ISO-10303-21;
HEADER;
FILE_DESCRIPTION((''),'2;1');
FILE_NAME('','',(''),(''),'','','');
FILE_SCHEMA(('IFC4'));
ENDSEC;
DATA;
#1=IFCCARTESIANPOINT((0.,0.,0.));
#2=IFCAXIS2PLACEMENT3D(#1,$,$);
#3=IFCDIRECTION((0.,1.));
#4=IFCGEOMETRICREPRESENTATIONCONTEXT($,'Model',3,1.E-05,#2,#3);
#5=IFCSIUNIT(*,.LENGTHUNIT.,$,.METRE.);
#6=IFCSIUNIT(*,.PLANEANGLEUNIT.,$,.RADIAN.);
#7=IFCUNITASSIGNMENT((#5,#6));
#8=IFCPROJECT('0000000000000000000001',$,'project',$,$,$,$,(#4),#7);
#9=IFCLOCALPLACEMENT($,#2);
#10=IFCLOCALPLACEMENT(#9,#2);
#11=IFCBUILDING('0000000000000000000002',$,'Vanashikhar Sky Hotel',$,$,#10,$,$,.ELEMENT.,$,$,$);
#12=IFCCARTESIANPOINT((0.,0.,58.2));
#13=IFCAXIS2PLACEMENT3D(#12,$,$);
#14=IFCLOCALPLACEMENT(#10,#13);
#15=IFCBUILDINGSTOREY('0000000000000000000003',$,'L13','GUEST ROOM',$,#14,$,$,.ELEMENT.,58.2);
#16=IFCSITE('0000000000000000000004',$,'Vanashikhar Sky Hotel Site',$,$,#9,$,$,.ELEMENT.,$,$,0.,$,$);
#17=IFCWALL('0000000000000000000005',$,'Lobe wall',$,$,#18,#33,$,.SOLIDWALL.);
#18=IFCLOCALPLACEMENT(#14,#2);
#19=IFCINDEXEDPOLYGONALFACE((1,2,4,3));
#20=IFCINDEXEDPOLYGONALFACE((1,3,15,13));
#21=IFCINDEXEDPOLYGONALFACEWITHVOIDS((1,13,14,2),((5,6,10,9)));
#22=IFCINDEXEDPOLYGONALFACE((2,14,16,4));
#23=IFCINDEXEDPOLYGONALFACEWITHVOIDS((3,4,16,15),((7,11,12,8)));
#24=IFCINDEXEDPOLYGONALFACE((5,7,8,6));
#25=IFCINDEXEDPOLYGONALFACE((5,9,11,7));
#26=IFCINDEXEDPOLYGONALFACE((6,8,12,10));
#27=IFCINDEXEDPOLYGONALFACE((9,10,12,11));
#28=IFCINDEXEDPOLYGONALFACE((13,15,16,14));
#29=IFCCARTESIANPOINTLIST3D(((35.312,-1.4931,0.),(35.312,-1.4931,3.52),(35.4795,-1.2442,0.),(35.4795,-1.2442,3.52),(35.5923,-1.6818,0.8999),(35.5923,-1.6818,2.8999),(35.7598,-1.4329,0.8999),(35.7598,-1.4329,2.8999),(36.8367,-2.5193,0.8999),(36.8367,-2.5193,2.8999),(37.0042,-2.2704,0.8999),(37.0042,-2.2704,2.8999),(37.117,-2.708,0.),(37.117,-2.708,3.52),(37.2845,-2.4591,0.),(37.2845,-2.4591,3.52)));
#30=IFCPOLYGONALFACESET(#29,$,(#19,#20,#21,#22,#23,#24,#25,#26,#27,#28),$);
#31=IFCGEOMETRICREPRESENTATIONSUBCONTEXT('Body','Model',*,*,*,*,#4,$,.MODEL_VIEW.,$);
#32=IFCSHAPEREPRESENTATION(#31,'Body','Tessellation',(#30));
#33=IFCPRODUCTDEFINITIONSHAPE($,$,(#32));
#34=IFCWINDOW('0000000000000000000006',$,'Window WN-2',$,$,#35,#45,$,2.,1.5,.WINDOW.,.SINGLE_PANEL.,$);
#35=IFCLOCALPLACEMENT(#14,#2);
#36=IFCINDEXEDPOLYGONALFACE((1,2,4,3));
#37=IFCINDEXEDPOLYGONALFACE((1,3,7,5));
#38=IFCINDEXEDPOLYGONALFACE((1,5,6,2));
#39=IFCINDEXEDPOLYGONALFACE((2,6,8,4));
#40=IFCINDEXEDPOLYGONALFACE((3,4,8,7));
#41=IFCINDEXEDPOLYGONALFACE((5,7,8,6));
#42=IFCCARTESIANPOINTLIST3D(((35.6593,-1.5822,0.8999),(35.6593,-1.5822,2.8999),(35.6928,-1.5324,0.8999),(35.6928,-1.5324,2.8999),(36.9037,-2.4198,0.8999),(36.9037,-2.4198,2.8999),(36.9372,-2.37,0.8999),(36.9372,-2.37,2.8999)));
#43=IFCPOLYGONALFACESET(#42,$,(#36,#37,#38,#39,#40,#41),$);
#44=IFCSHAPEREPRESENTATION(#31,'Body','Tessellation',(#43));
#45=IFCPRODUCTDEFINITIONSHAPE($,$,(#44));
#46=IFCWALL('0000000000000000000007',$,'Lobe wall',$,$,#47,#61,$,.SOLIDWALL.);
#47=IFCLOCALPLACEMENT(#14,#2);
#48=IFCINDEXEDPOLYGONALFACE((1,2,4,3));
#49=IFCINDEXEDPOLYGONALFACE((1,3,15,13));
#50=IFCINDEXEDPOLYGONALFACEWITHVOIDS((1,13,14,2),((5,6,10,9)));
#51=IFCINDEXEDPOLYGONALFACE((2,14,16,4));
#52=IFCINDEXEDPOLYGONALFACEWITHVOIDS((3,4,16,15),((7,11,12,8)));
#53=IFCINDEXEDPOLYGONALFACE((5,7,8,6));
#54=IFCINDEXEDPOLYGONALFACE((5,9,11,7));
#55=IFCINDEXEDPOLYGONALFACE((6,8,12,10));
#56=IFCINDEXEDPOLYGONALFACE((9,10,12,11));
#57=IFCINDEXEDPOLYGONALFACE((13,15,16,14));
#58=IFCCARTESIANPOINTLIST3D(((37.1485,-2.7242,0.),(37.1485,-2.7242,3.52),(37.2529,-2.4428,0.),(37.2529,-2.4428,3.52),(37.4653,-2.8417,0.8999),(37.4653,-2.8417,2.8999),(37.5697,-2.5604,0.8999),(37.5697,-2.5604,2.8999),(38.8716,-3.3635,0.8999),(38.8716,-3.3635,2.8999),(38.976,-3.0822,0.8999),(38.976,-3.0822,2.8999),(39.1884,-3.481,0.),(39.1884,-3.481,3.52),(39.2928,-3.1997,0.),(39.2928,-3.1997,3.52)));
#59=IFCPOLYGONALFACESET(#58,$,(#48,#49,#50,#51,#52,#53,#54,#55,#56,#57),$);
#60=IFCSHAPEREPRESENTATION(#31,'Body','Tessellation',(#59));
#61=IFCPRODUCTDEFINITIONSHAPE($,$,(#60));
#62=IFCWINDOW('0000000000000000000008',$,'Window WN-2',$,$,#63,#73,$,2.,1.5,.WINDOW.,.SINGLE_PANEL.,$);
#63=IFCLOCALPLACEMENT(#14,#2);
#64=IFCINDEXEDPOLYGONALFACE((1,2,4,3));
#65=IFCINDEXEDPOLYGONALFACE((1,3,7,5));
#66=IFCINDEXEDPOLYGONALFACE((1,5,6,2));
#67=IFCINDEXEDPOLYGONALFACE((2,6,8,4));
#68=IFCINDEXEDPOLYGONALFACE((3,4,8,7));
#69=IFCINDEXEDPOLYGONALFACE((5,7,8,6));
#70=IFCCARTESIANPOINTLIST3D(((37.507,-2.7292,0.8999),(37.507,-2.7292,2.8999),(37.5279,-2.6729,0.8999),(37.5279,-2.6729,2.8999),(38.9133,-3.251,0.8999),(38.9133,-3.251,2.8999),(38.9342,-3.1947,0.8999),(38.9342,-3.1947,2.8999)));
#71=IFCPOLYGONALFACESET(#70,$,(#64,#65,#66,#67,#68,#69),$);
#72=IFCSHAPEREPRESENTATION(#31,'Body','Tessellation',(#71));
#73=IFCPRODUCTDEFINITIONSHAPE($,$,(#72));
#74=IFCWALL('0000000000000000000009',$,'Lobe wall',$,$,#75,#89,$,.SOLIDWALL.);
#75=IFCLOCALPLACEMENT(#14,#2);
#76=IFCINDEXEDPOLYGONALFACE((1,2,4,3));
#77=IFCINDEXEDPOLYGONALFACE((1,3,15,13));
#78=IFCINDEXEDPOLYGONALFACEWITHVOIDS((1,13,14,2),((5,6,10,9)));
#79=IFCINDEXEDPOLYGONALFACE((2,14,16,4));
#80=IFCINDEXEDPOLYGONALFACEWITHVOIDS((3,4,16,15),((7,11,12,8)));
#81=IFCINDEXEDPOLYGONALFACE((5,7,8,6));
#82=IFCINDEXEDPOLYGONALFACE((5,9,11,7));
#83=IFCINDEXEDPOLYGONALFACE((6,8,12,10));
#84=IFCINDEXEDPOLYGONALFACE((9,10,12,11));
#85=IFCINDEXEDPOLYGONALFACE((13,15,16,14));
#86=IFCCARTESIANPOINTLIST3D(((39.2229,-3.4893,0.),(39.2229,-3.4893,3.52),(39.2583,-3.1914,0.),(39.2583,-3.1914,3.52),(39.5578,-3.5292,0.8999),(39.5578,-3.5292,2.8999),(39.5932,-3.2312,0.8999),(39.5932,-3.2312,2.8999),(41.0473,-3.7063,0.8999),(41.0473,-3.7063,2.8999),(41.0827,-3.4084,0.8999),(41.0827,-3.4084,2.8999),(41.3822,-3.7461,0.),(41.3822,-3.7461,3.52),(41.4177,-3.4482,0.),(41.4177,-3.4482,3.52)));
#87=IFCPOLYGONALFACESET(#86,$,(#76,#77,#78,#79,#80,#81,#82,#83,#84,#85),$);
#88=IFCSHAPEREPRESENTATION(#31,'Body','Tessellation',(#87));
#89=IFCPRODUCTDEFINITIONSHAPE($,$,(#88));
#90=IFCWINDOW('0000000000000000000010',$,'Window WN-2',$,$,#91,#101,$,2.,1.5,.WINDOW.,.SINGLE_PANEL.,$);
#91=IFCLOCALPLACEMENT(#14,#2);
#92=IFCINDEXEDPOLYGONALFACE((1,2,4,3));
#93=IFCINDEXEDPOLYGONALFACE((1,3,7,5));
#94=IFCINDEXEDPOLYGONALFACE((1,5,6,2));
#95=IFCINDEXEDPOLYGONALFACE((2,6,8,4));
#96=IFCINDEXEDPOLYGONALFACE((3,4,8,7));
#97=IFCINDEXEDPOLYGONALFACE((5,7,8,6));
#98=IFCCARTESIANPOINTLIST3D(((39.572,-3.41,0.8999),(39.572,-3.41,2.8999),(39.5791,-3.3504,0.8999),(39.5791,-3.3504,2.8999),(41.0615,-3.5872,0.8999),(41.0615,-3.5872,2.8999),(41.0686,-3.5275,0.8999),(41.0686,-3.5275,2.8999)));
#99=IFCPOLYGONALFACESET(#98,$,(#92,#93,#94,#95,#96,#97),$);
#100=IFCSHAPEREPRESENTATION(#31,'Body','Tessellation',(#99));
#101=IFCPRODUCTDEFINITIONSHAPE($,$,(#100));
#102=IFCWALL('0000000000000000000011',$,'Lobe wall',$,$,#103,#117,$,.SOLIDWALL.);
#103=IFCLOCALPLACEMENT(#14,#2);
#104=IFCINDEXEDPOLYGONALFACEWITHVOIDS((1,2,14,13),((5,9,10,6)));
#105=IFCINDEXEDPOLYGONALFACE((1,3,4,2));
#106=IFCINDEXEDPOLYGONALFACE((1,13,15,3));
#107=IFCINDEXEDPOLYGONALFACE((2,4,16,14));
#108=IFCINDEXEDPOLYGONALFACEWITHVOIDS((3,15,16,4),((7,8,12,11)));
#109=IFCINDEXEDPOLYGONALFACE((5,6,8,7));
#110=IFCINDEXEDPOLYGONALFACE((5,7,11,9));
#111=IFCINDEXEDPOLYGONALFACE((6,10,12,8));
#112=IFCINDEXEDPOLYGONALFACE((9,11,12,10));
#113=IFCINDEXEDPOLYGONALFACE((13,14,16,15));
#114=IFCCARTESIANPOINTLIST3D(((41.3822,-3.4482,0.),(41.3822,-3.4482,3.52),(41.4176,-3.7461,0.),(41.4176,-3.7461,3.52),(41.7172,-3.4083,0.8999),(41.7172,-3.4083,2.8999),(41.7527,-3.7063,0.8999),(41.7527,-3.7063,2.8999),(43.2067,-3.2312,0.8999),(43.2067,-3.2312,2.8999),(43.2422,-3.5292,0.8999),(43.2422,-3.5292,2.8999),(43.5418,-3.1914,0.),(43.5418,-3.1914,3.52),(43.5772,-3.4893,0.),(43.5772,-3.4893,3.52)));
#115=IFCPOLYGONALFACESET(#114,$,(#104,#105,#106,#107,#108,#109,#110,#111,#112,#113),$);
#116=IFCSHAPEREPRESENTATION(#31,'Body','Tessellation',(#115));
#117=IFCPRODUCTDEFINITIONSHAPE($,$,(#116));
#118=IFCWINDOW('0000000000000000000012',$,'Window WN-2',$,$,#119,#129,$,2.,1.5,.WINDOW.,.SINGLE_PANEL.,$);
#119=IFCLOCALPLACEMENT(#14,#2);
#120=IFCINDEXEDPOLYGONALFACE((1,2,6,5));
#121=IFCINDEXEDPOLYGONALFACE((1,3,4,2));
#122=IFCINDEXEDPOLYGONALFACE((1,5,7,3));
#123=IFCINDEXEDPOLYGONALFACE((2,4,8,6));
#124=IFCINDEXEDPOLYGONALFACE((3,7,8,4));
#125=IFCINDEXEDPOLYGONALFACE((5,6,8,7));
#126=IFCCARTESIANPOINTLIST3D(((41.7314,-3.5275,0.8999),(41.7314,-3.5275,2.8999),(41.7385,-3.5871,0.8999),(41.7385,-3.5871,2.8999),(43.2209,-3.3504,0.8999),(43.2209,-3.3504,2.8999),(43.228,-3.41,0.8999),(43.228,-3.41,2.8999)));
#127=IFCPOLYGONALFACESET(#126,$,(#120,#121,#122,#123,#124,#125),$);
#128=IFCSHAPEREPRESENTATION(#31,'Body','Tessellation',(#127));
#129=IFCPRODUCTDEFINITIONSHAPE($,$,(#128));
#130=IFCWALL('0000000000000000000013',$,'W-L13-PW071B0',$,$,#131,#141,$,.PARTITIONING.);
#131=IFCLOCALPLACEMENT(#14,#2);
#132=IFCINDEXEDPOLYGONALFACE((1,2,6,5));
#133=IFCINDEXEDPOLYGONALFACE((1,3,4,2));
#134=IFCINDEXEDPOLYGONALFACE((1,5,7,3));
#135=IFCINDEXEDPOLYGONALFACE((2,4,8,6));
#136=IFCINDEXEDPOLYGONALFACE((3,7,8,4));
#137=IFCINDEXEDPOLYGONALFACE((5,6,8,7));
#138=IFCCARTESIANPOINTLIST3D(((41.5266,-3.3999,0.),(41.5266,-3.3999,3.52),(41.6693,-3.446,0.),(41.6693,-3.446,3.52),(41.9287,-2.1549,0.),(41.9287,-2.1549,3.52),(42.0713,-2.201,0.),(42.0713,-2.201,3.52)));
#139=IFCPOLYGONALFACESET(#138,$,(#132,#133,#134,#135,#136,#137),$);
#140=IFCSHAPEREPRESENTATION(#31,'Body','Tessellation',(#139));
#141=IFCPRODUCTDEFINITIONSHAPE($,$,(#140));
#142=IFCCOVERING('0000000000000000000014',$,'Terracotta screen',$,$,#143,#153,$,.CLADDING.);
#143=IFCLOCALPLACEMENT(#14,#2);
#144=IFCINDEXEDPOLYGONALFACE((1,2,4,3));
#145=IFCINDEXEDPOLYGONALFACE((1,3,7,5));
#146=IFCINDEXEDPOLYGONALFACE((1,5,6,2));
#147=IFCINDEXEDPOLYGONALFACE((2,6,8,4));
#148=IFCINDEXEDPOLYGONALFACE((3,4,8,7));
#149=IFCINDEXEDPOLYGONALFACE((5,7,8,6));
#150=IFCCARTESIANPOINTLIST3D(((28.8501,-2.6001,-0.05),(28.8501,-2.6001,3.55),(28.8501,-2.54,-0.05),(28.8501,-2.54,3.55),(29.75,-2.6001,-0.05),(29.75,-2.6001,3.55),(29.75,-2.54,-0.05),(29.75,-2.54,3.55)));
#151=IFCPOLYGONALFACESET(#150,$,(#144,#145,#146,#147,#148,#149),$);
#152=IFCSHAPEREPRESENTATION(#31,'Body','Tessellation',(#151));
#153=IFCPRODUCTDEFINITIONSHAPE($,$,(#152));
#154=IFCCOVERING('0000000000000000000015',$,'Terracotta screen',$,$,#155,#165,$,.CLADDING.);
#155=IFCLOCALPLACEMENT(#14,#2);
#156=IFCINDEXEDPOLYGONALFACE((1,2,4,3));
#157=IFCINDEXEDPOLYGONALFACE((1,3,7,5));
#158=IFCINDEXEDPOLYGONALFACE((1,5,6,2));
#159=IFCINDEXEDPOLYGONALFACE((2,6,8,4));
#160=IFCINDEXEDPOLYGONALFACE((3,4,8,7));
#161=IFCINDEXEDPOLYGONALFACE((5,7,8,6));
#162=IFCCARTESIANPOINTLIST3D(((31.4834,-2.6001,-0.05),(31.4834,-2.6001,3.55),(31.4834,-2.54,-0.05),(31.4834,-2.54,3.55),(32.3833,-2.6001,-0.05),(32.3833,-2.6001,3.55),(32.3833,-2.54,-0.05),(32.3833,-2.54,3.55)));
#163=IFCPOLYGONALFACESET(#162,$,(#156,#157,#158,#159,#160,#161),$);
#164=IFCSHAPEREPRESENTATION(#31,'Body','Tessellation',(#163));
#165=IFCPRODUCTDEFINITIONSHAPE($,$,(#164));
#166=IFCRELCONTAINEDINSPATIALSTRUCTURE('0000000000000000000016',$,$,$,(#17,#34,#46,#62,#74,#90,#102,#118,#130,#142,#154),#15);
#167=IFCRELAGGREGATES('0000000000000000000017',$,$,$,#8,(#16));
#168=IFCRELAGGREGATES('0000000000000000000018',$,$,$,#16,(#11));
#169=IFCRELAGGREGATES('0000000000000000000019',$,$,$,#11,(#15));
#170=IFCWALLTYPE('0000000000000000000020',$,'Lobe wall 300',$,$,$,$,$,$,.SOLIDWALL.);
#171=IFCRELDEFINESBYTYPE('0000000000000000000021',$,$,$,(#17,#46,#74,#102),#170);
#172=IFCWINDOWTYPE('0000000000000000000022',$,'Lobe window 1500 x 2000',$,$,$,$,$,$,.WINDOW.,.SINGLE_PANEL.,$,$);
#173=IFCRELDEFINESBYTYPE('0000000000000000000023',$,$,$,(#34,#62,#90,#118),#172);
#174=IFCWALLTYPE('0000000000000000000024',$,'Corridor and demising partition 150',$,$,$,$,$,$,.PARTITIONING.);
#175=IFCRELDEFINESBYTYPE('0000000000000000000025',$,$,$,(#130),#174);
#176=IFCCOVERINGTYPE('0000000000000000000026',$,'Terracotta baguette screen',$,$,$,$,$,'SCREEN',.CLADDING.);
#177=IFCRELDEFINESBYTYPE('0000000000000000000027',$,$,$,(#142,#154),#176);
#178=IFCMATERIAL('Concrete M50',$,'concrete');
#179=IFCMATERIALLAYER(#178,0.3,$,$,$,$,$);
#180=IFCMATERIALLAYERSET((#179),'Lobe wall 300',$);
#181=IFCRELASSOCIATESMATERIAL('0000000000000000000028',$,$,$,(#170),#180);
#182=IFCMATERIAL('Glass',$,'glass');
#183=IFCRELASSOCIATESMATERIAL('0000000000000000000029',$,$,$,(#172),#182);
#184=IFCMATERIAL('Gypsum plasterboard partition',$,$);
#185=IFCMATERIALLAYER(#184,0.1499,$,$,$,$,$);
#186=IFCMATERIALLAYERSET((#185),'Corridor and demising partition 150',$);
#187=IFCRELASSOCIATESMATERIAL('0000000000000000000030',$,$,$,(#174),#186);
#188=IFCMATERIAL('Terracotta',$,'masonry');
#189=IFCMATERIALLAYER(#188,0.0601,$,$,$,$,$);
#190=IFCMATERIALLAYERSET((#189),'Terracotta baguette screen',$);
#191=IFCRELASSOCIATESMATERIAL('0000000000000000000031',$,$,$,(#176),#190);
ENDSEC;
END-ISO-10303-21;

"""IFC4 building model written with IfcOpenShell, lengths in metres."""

from ifc_helpers import new_model, si_unit, direction, frame, frame_2d, origin, origin_2d, place, context, subcontext, project, spatial, rectangle, extrude, source, transform, mapped, material, layer, layer_set, type_object, element, fill, save


model = new_model("IFC4")

# Units and contexts
model_context = context("Model", 3, precision=1e-05, world=origin(), true_north=direction((0.0, 1.0)))
body_context = subcontext(model_context, "Body", "Model", "MODEL_VIEW")
ifc_project = project(units=[si_unit("LENGTHUNIT", "METRE"), si_unit("PLANEANGLEUNIT", "RADIAN")], contexts=[model_context])

# Site, building, storey
site_placement = place(None, origin())
site = spatial("IfcSite", under=ifc_project, at=site_placement, Name="Vanashikhar Sky Hotel Site", CompositionType="ELEMENT", RefElevation=0.0)
building_placement = place(site_placement, origin())
building = spatial("IfcBuilding", under=site, at=building_placement, Name="Vanashikhar Sky Hotel", CompositionType="ELEMENT")
storey_placement = place(building_placement, frame((0.0, 0.0, 58.2)))
storey = spatial("IfcBuildingStorey", under=building, at=storey_placement, Name="L13", Description="GUEST ROOM", CompositionType="ELEMENT", Elevation=58.2)

# Walls, openings, windows
ifc_material_1 = material(Name="Concrete M50", Category="concrete")
ifc_layer_1 = layer(ifc_material_1, 0.3)
ifc_layer_set_1 = layer_set([ifc_layer_1], Name="Lobe wall 300")
wall_type_1 = type_object("IfcWallType", Name="Lobe wall 300", PredefinedType="SOLIDWALL", material=ifc_layer_set_1)
shared_shape_1 = source(origin(), body_context, "Body", "SweptSolid", [
    extrude(rectangle(XDim=2.1758, YDim=0.3, at=frame_2d((1.0879, 0.0))), origin(), (0.0, 0.0, 1.0), 3.52),
])
wall_1_placement = place(storey_placement, frame((35.3958, -1.3687, 0.0), z_axis=(0.0, 0.0, 1.0), x_axis=(0.829591, -0.558372, 0.0)))
wall_1 = element("IfcWall", 1, at=wall_1_placement, inside=storey, type_object=wall_type_1, Name="Lobe wall", PredefinedType="SOLIDWALL", context=body_context, shape_type="MappedRepresentation", body=[
    mapped(shared_shape_1, transform((0.0, 0.0, 0.0), scale=1.0)),
])
shared_shape_2 = source(origin(), body_context, "Body", "SweptSolid", [
    extrude(rectangle(XDim=1.5, YDim=2.0, at=frame_2d((0.75, 1.0))), frame((0.0, 0.1602, 0.0), z_axis=(0.0, -1.0, 0.0), x_axis=(1.0, 0.0, 0.0)), (0.0, 0.0, 1.0), 0.3201),
])
opening_1_placement = place(wall_1_placement, frame((0.3379, 0.0, 0.8999)))
opening_1 = element("IfcOpeningElement", 2, at=opening_1_placement, cuts=wall_1, PredefinedType="OPENING", context=body_context, shape_type="MappedRepresentation", body=[
    mapped(shared_shape_2, transform((0.0, 0.0, 0.0), scale=1.0)),
])
ifc_material_2 = material(Name="Glass", Category="glass")
window_type = type_object("IfcWindowType", Name="Lobe window 1500 x 2000", PartitioningType="SINGLE_PANEL", PredefinedType="WINDOW", material=ifc_material_2)
shared_shape_3 = source(origin(), body_context, "Body", "SweptSolid", [
    extrude(rectangle(XDim=1.5, YDim=2.0, at=frame_2d((0.75, 1.0))), frame((0.0, 0.03, 0.0), z_axis=(0.0, -1.0, 0.0), x_axis=(1.0, 0.0, 0.0)), (0.0, 0.0, 1.0), 0.0601),
])
window_1_placement = place(opening_1_placement, origin())
window_1 = element("IfcWindow", 3, at=window_1_placement, inside=storey, type_object=window_type, Name="Window WN-2", OverallHeight=2.0, OverallWidth=1.5, PartitioningType="SINGLE_PANEL", PredefinedType="WINDOW", context=body_context, shape_type="MappedRepresentation", body=[
    mapped(shared_shape_3, transform((0.0, 0.0, 0.0), scale=1.0)),
])
fill(opening_1, window_1)
wall_2_placement = place(storey_placement, frame((37.2007, -2.5835, 0.0), z_axis=(0.0, 0.0, 1.0), x_axis=(0.937546, -0.347863, 0.0)))
wall_2 = element("IfcWall", 4, at=wall_2_placement, inside=storey, type_object=wall_type_1, Name="Lobe wall", PredefinedType="SOLIDWALL", context=body_context, shape_type="MappedRepresentation", body=[
    mapped(shared_shape_1, transform((0.0, 0.0, 0.0), scale=1.0)),
])
opening_2_placement = place(wall_2_placement, frame((0.3379, 0.0, 0.8999)))
opening_2 = element("IfcOpeningElement", 5, at=opening_2_placement, cuts=wall_2, PredefinedType="OPENING", context=body_context, shape_type="MappedRepresentation", body=[
    mapped(shared_shape_2, transform((0.0, 0.0, 0.0), scale=1.0)),
])
window_2_placement = place(opening_2_placement, origin())
window_2 = element("IfcWindow", 6, at=window_2_placement, inside=storey, type_object=window_type, Name="Window WN-2", OverallHeight=2.0, OverallWidth=1.5, PartitioningType="SINGLE_PANEL", PredefinedType="WINDOW", context=body_context, shape_type="MappedRepresentation", body=[
    mapped(shared_shape_3, transform((0.0, 0.0, 0.0), scale=1.0)),
])
fill(opening_2, window_2)
shared_shape_4 = source(origin(), body_context, "Body", "SweptSolid", [
    extrude(rectangle(XDim=2.1746, YDim=0.3, at=frame_2d((1.0874, 0.0))), origin(), (0.0, 0.0, 1.0), 3.52),
])
wall_3_placement = place(storey_placement, frame((39.2405, -3.3403, 0.0), z_axis=(0.0, 0.0, 1.0), x_axis=(0.993001, -0.118105, 0.0)))
wall_3 = element("IfcWall", 7, at=wall_3_placement, inside=storey, type_object=wall_type_1, Name="Lobe wall", PredefinedType="SOLIDWALL", context=body_context, shape_type="MappedRepresentation", body=[
    mapped(shared_shape_4, transform((0.0, 0.0, 0.0), scale=1.0)),
])
opening_3_placement = place(wall_3_placement, frame((0.3374, 0.0, 0.8999)))
opening_3 = element("IfcOpeningElement", 8, at=opening_3_placement, cuts=wall_3, PredefinedType="OPENING", context=body_context, shape_type="MappedRepresentation", body=[
    mapped(shared_shape_2, transform((0.0, 0.0, 0.0), scale=1.0)),
])
window_3_placement = place(opening_3_placement, origin())
window_3 = element("IfcWindow", 9, at=window_3_placement, inside=storey, type_object=window_type, Name="Window WN-2", OverallHeight=2.0, OverallWidth=1.5, PartitioningType="SINGLE_PANEL", PredefinedType="WINDOW", context=body_context, shape_type="MappedRepresentation", body=[
    mapped(shared_shape_3, transform((0.0, 0.0, 0.0), scale=1.0)),
])
fill(opening_3, window_3)
shared_shape_5 = source(origin(), body_context, "Body", "SweptSolid", [
    extrude(rectangle(XDim=2.1748, YDim=0.3, at=frame_2d((1.0874, 0.0))), origin(), (0.0, 0.0, 1.0), 3.52),
])
wall_4_placement = place(storey_placement, frame((41.3999, -3.5972, 0.0), z_axis=(0.0, 0.0, 1.0), x_axis=(0.993003, 0.118092, 0.0)))
wall_4 = element("IfcWall", 10, at=wall_4_placement, inside=storey, type_object=wall_type_1, Name="Lobe wall", PredefinedType="SOLIDWALL", context=body_context, shape_type="MappedRepresentation", body=[
    mapped(shared_shape_5, transform((0.0, 0.0, 0.0), scale=1.0)),
])
opening_4_placement = place(wall_4_placement, frame((0.3374, 0.0, 0.8999)))
opening_4 = element("IfcOpeningElement", 11, at=opening_4_placement, cuts=wall_4, PredefinedType="OPENING", context=body_context, shape_type="MappedRepresentation", body=[
    mapped(shared_shape_2, transform((0.0, 0.0, 0.0), scale=1.0)),
])
window_4_placement = place(opening_4_placement, origin())
window_4 = element("IfcWindow", 12, at=window_4_placement, inside=storey, type_object=window_type, Name="Window WN-2", OverallHeight=2.0, OverallWidth=1.5, PartitioningType="SINGLE_PANEL", PredefinedType="WINDOW", context=body_context, shape_type="MappedRepresentation", body=[
    mapped(shared_shape_3, transform((0.0, 0.0, 0.0), scale=1.0)),
])
fill(opening_4, window_4)

# Wall
ifc_material_3 = material(Name="Gypsum plasterboard partition")
ifc_layer_2 = layer(ifc_material_3, 0.1499)
ifc_layer_set_2 = layer_set([ifc_layer_2], Name="Corridor and demising partition 150")
wall_type_2 = type_object("IfcWallType", Name="Corridor and demising partition 150", PredefinedType="PARTITIONING", material=ifc_layer_set_2)
shared_shape_6 = source(origin(), body_context, "Body", "SweptSolid", [
    extrude(rectangle(XDim=1.3083, YDim=0.1499, at=frame_2d((0.6543, 0.0))), origin(), (0.0, 0.0, 1.0), 3.52),
])
wall_5_placement = place(storey_placement, frame((41.5979, -3.4231, 0.0), z_axis=(0.0, 0.0, 1.0), x_axis=(0.307314, 0.951608, 0.0)))
element("IfcWall", 13, at=wall_5_placement, inside=storey, type_object=wall_type_2, Name="W-L13-PW071B0", PredefinedType="PARTITIONING", context=body_context, shape_type="MappedRepresentation", body=[
    mapped(shared_shape_6, transform((0.0, 0.0, 0.0), scale=1.0)),
])

# Coverings
ifc_material_4 = material(Name="Terracotta", Category="masonry")
ifc_layer_3 = layer(ifc_material_4, 0.0601)
ifc_layer_set_3 = layer_set([ifc_layer_3], Name="Terracotta baguette screen")
covering_type_1 = type_object("IfcCoveringType", Name="Terracotta baguette screen", ElementType="SCREEN", PredefinedType="CLADDING", material=ifc_layer_set_3)
shared_shape_7 = source(origin(), body_context, "Body", "SweptSolid", [
    extrude(rectangle(XDim=0.8999, YDim=0.0601, at=origin_2d()), origin(), (0.0, 0.0, 1.0), 3.6001),
])
for number, where, z_axis, x_axis, name in (
    (14, (29.3, -2.5701, -0.05), (0.0, 0.0, 1.0), (1.0, 0.0, 0.0), "Terracotta screen"),
    (15, (31.9333, -2.5701, -0.05), (0.0, 0.0, 1.0), (1.0, 0.0, 0.0), "Terracotta screen"),
):
    element("IfcCovering", number, at=place(storey_placement, frame(where, z_axis=z_axis, x_axis=x_axis)), inside=storey, type_object=covering_type_1, Name=name, PredefinedType="CLADDING", context=body_context, shape_type="MappedRepresentation", body=[
        mapped(shared_shape_7, transform((0.0, 0.0, 0.0), scale=1.0)),
    ])

save(model, "model.ifc")
